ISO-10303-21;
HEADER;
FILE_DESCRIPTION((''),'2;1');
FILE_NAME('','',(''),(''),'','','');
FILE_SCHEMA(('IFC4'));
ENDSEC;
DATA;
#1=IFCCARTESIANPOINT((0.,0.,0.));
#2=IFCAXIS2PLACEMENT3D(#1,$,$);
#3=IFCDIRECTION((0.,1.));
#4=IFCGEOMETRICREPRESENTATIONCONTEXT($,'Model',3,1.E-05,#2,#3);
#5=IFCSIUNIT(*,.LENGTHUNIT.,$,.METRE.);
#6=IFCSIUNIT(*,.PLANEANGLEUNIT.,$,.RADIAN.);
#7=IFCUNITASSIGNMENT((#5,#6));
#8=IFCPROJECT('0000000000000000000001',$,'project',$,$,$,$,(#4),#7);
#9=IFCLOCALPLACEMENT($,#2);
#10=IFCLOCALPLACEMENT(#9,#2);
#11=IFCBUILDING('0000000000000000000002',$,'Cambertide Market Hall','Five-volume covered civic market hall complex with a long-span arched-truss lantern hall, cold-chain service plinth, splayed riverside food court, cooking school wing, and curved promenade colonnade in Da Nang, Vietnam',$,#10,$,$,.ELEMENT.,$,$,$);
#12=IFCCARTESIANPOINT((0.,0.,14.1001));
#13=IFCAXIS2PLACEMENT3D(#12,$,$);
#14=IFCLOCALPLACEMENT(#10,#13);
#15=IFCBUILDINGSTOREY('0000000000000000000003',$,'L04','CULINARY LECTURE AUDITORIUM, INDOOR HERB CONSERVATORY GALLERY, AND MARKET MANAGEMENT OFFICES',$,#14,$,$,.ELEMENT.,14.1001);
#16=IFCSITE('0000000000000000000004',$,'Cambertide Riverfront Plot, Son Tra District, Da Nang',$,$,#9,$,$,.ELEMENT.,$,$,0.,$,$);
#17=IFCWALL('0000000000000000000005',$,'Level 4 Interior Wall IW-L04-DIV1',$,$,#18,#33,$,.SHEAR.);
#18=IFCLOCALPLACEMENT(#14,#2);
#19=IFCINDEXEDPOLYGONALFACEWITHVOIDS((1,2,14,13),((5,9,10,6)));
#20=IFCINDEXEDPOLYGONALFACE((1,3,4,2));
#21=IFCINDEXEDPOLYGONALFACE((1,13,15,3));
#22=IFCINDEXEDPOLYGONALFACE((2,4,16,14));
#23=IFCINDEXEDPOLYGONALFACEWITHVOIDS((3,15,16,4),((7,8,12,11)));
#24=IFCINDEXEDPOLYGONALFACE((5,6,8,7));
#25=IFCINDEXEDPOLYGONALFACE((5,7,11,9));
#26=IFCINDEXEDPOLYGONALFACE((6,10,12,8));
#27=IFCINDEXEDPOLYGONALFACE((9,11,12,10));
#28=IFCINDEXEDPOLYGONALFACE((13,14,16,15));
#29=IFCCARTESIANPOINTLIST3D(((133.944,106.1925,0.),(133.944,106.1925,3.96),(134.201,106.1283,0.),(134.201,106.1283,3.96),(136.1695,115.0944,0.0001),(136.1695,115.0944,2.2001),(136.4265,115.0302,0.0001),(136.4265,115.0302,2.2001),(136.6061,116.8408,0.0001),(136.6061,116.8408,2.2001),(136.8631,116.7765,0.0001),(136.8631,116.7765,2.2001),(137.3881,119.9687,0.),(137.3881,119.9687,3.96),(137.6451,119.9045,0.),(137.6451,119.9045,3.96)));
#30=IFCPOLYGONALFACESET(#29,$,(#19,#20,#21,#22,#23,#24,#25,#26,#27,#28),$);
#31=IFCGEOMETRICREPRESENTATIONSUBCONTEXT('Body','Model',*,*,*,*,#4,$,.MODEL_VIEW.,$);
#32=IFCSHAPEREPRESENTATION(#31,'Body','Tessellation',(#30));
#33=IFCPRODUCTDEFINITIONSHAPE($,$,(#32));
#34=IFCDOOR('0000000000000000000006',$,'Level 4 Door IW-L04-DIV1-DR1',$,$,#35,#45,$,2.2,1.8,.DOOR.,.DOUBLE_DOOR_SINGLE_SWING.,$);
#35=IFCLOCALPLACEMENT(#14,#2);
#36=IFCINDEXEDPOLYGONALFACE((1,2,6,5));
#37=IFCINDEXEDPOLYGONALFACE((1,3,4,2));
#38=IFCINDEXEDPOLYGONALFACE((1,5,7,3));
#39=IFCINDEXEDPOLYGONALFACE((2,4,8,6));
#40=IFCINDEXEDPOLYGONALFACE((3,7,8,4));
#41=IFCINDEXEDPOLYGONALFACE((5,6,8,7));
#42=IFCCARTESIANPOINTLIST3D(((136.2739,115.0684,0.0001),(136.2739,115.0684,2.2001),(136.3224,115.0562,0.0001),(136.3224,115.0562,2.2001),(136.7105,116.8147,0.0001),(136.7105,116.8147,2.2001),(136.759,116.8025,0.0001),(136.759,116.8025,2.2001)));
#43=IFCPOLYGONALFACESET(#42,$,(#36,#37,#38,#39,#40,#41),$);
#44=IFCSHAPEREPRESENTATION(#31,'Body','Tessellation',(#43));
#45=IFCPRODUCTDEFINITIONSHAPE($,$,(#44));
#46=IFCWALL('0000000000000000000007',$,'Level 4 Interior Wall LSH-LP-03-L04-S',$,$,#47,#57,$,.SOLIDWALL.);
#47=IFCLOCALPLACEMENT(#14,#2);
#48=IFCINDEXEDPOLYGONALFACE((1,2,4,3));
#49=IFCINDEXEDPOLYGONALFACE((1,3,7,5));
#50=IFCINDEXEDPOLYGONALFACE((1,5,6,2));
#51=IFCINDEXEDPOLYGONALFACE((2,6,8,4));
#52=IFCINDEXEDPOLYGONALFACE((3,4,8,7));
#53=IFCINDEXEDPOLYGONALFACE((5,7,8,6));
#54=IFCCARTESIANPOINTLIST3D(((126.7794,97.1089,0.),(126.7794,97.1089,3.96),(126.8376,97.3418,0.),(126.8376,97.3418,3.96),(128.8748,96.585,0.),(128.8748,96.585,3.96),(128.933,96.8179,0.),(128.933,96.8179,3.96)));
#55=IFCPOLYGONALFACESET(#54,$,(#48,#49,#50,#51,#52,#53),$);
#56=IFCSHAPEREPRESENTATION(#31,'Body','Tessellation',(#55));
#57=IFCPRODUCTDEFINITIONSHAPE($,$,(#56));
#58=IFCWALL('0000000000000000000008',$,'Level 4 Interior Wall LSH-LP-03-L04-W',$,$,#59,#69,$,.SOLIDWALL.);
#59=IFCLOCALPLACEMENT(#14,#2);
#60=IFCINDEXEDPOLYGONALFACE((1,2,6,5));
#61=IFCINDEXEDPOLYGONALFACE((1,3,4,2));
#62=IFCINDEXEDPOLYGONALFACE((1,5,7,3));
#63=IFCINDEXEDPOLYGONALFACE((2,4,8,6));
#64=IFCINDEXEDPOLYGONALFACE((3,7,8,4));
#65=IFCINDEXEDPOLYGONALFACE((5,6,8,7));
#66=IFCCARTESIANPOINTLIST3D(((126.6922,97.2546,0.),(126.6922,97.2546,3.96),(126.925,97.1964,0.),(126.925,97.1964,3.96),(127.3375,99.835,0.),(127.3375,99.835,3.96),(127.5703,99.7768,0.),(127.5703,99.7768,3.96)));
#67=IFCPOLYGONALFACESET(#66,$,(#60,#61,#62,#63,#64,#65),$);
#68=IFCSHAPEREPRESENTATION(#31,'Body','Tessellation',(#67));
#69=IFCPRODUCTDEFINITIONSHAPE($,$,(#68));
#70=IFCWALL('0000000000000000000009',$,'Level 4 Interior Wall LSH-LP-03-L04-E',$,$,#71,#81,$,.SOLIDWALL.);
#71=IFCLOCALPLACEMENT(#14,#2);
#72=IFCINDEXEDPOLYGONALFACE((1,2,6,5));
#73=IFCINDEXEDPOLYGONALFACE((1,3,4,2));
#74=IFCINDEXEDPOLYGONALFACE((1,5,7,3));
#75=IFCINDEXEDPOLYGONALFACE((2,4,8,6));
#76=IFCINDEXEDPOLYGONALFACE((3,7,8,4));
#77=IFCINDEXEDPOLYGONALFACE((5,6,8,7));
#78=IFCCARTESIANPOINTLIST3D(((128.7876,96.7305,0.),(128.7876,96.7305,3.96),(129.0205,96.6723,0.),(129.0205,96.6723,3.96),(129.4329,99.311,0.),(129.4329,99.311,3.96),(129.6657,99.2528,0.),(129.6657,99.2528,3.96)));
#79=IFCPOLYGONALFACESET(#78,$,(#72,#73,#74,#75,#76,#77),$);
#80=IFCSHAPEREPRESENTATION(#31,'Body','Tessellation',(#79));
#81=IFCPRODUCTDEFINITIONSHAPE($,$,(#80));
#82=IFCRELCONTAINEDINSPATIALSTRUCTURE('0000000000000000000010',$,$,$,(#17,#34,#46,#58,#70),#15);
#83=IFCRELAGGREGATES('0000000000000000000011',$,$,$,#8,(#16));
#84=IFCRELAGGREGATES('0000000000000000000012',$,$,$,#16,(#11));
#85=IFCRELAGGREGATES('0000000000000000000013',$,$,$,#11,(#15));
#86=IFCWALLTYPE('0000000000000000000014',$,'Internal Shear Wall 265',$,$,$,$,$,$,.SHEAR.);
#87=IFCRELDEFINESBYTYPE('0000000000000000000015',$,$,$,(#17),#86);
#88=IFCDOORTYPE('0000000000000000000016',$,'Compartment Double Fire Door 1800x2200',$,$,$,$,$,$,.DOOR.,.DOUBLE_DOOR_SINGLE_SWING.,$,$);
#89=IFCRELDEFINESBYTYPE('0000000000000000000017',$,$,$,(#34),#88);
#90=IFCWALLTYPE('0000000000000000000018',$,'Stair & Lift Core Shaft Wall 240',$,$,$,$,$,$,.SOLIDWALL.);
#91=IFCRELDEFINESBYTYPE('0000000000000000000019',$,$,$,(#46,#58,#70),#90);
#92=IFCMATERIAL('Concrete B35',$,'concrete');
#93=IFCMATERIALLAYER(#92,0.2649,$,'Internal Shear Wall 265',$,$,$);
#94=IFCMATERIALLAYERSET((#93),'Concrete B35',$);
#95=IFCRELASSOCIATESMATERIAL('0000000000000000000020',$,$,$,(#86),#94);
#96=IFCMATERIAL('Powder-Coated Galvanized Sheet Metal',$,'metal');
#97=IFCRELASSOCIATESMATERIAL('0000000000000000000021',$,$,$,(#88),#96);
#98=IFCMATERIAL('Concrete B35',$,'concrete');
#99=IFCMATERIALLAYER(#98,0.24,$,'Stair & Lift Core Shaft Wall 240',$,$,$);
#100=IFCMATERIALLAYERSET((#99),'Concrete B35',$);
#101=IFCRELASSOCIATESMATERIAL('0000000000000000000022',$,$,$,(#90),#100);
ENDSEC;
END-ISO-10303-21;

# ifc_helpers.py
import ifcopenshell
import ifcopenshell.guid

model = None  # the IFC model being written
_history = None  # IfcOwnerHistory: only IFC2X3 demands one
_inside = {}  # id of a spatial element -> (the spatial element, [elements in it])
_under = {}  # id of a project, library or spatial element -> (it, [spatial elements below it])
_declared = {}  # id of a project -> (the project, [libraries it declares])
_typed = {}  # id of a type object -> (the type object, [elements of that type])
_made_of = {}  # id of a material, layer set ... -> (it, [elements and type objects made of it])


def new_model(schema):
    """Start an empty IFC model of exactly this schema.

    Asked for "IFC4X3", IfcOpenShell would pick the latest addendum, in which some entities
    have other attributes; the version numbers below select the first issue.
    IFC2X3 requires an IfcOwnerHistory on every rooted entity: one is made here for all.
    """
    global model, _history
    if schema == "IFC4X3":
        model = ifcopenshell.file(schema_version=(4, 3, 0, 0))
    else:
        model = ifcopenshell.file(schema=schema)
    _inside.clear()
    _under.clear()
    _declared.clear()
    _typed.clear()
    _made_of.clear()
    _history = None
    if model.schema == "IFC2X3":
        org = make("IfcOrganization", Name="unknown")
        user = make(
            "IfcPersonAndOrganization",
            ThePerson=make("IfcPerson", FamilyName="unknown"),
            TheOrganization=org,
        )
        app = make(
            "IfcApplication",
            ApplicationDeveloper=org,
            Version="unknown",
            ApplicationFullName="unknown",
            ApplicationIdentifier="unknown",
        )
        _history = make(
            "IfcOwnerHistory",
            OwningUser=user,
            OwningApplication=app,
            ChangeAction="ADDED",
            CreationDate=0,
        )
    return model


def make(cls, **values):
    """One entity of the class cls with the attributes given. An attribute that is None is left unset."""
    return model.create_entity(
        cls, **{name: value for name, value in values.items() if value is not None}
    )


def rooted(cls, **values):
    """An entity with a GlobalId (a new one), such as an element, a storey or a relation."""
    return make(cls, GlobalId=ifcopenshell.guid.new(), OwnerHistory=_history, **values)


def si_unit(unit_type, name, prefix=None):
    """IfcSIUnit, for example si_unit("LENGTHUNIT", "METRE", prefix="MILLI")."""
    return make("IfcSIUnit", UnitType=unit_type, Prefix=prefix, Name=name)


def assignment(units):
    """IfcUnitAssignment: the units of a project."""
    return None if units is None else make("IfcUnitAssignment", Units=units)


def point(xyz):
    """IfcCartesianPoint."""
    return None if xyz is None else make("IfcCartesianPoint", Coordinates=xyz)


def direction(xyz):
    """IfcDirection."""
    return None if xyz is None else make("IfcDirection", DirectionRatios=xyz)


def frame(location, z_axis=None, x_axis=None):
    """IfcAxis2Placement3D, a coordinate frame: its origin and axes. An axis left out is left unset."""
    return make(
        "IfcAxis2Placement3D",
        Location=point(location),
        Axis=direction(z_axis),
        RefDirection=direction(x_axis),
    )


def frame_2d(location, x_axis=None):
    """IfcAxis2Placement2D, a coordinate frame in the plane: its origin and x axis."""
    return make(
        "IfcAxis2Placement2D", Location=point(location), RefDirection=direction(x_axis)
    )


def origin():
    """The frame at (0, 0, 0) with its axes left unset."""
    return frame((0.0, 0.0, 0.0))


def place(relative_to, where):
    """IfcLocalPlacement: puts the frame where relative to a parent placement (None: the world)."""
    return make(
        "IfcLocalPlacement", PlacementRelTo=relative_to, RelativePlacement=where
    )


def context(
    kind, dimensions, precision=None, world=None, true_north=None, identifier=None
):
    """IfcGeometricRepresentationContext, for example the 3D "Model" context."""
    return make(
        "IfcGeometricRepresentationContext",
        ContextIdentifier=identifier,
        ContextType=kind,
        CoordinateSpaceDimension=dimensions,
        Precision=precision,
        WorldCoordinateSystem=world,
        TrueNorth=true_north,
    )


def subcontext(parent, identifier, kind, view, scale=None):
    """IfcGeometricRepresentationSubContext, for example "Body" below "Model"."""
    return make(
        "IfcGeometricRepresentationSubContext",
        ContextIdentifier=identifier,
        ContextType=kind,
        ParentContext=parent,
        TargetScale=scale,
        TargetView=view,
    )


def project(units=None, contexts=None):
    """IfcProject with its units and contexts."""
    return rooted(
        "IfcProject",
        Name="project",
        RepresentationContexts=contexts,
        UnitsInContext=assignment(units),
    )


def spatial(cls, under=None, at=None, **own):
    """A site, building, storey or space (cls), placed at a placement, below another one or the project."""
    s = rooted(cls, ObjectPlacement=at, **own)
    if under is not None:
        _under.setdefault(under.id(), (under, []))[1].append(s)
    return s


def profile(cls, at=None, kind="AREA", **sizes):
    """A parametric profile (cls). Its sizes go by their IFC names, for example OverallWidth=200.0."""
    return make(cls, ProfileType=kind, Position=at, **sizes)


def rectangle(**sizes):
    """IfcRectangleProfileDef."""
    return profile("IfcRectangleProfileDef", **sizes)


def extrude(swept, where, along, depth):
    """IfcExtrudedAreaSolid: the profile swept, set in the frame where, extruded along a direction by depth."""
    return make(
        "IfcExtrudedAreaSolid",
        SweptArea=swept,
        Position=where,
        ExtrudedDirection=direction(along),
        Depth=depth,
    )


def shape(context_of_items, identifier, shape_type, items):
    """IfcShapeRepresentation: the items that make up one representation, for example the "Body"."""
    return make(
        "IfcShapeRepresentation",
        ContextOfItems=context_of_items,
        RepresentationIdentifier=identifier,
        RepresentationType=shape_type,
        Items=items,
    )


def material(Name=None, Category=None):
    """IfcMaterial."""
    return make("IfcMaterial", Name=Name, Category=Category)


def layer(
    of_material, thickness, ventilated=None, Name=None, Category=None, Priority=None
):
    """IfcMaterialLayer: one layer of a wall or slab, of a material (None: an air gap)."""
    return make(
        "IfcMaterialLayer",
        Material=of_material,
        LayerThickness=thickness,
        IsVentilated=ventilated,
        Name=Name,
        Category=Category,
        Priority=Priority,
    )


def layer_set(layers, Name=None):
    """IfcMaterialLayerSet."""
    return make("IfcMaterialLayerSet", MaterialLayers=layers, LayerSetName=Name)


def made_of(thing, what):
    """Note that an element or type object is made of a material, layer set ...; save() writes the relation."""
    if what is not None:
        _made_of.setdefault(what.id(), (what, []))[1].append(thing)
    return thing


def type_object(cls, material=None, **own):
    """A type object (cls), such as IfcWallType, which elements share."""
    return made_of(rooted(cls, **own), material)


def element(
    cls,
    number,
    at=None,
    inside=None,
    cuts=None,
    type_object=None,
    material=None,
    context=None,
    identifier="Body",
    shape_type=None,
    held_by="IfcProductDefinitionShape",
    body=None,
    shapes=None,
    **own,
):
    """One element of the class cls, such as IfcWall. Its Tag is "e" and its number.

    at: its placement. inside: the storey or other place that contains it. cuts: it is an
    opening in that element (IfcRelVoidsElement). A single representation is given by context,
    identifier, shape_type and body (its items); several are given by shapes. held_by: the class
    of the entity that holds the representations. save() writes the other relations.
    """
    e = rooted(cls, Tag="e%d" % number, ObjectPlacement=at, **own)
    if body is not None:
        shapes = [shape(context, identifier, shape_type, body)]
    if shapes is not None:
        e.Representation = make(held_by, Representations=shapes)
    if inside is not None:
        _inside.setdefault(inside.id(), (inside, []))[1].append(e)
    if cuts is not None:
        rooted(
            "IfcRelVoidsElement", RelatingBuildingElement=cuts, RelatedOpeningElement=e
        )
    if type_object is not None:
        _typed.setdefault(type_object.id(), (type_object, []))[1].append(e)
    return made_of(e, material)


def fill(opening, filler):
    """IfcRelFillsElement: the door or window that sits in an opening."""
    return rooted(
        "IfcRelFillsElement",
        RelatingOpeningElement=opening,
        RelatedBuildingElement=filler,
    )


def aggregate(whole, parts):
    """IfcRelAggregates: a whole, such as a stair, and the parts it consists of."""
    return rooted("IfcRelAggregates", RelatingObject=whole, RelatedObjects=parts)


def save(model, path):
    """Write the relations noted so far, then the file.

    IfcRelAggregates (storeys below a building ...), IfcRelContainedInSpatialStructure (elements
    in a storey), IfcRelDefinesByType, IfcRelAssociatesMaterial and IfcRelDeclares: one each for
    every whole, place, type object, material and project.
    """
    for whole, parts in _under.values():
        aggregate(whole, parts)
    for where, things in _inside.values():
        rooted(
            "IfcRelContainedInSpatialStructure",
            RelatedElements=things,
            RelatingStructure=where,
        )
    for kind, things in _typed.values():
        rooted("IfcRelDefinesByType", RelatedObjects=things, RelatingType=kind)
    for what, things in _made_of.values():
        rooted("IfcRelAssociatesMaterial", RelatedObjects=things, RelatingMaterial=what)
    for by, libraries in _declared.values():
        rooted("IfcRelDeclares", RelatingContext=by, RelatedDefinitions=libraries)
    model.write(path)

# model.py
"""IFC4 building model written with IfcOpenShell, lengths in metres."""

from ifc_helpers import new_model, si_unit, direction, frame, frame_2d, origin, place, context, subcontext, project, spatial, rectangle, extrude, material, layer, layer_set, type_object, element, fill, save


model = new_model("IFC4")

# Units and contexts
model_context = context("Model", 3, precision=1e-05, world=origin(), true_north=direction((0.0, 1.0)))
body_context = subcontext(model_context, "Body", "Model", "MODEL_VIEW")
ifc_project = project(units=[si_unit("LENGTHUNIT", "METRE"), si_unit("PLANEANGLEUNIT", "RADIAN")], contexts=[model_context])

# Site, building, storey
site_placement = place(None, origin())
site = spatial("IfcSite", under=ifc_project, at=site_placement, Name="Cambertide Riverfront Plot, Son Tra District, Da Nang", CompositionType="ELEMENT", RefElevation=0.0)
building_placement = place(site_placement, origin())
building = spatial("IfcBuilding", under=site, at=building_placement, Name="Cambertide Market Hall", Description="Five-volume covered civic market hall complex with a long-span arched-truss lantern hall, cold-chain service plinth, splayed riverside food court, cooking school wing, and curved promenade colonnade in Da Nang, Vietnam", CompositionType="ELEMENT")
storey_placement = place(building_placement, frame((0.0, 0.0, 14.1001)))
storey = spatial("IfcBuildingStorey", under=building, at=storey_placement, Name="L04", Description="CULINARY LECTURE AUDITORIUM, INDOOR HERB CONSERVATORY GALLERY, AND MARKET MANAGEMENT OFFICES", CompositionType="ELEMENT", Elevation=14.1001)

# Wall, opening, door
ifc_material_1 = material(Name="Concrete B35", Category="concrete")
ifc_layer_1 = layer(ifc_material_1, 0.2649, Name="Internal Shear Wall 265")
ifc_layer_set_1 = layer_set([ifc_layer_1], Name="Concrete B35")
wall_type_1 = type_object("IfcWallType", Name="Internal Shear Wall 265", PredefinedType="SHEAR", material=ifc_layer_set_1)
wall_1_placement = place(storey_placement, frame((134.0725, 106.1604, 0.0), z_axis=(0.0, 0.0, 1.0), x_axis=(0.24254, 0.970141, 0.0)))
wall_1 = element("IfcWall", 1, at=wall_1_placement, inside=storey, type_object=wall_type_1, Name="Level 4 Interior Wall IW-L04-DIV1", PredefinedType="SHEAR", context=body_context, shape_type="SweptSolid", body=[
    extrude(rectangle(XDim=14.2002, YDim=0.2649, at=frame_2d((7.1001, 0.0))), origin(), (0.0, 0.0, 1.0), 3.96),
])
opening_1_placement = place(wall_1_placement, frame((9.176, 0.0, 0.0)))
opening_1 = element("IfcOpeningElement", 2, at=opening_1_placement, cuts=wall_1, PredefinedType="OPENING", context=body_context, shape_type="SweptSolid", body=[
    extrude(rectangle(XDim=1.8, YDim=2.2, at=frame_2d((0.8999, 1.1001))), frame((0.0, 0.1423, 0.0), z_axis=(0.0, -1.0, 0.0), x_axis=(1.0, 0.0, 0.0)), (0.0, 0.0, 1.0), 0.2849),
])
ifc_material_2 = material(Name="Powder-Coated Galvanized Sheet Metal", Category="metal")
door_type_1 = type_object("IfcDoorType", Name="Compartment Double Fire Door 1800x2200", OperationType="DOUBLE_DOOR_SINGLE_SWING", PredefinedType="DOOR", material=ifc_material_2)
door_1_placement = place(opening_1_placement, origin())
door_1 = element("IfcDoor", 3, at=door_1_placement, inside=storey, type_object=door_type_1, Name="Level 4 Door IW-L04-DIV1-DR1", OperationType="DOUBLE_DOOR_SINGLE_SWING", OverallHeight=2.2, OverallWidth=1.8, PredefinedType="DOOR", context=body_context, shape_type="SweptSolid", body=[
    extrude(rectangle(XDim=1.8, YDim=2.2, at=frame_2d((0.8999, 1.1001))), frame((0.0, 0.0249, 0.0), z_axis=(0.0, -1.0, 0.0), x_axis=(1.0, 0.0, 0.0)), (0.0, 0.0, 1.0), 0.05),
])
fill(opening_1, door_1)

# Wall
ifc_material_3 = material(Name="Concrete B35", Category="concrete")
ifc_layer_2 = layer(ifc_material_3, 0.24, Name="Stair & Lift Core Shaft Wall 240")
ifc_layer_set_2 = layer_set([ifc_layer_2], Name="Concrete B35")
wall_type_2 = type_object("IfcWallType", Name="Stair & Lift Core Shaft Wall 240", PredefinedType="SOLIDWALL", material=ifc_layer_set_2)
wall_2_placement = place(storey_placement, frame((128.9041, 96.7014, 0.0), z_axis=(0.0, 0.0, 1.0), x_axis=(-0.970136, 0.242562, 0.0)))
element("IfcWall", 4, at=wall_2_placement, inside=storey, type_object=wall_type_2, Name="Level 4 Interior Wall LSH-LP-03-L04-S", PredefinedType="SOLIDWALL", context=body_context, shape_type="SweptSolid", body=[
    extrude(rectangle(XDim=2.1599, YDim=0.24, at=frame_2d((1.0801, 0.0))), origin(), (0.0, 0.0, 1.0), 3.96),
])

# Walls
for number, where, z_axis, x_axis, name in (
    (5, (126.8086, 97.2253, 0.0), (0.0, 0.0, 1.0), (0.242579, 0.970132, 0.0), "Level 4 Interior Wall LSH-LP-03-L04-W"),
    (6, (129.5493, 99.282, 0.0), (0.0, 0.0, 1.0), (-0.242579, -0.970132, 0.0), "Level 4 Interior Wall LSH-LP-03-L04-E"),
):
    element("IfcWall", number, at=place(storey_placement, frame(where, z_axis=z_axis, x_axis=x_axis)), inside=storey, type_object=wall_type_2, Name=name, PredefinedType="SOLIDWALL", context=body_context, shape_type="SweptSolid", body=[
        extrude(rectangle(XDim=2.6599, YDim=0.24, at=frame_2d((1.3301, 0.0))), origin(), (0.0, 0.0, 1.0), 3.96),
    ])

save(model, "model.ifc")
